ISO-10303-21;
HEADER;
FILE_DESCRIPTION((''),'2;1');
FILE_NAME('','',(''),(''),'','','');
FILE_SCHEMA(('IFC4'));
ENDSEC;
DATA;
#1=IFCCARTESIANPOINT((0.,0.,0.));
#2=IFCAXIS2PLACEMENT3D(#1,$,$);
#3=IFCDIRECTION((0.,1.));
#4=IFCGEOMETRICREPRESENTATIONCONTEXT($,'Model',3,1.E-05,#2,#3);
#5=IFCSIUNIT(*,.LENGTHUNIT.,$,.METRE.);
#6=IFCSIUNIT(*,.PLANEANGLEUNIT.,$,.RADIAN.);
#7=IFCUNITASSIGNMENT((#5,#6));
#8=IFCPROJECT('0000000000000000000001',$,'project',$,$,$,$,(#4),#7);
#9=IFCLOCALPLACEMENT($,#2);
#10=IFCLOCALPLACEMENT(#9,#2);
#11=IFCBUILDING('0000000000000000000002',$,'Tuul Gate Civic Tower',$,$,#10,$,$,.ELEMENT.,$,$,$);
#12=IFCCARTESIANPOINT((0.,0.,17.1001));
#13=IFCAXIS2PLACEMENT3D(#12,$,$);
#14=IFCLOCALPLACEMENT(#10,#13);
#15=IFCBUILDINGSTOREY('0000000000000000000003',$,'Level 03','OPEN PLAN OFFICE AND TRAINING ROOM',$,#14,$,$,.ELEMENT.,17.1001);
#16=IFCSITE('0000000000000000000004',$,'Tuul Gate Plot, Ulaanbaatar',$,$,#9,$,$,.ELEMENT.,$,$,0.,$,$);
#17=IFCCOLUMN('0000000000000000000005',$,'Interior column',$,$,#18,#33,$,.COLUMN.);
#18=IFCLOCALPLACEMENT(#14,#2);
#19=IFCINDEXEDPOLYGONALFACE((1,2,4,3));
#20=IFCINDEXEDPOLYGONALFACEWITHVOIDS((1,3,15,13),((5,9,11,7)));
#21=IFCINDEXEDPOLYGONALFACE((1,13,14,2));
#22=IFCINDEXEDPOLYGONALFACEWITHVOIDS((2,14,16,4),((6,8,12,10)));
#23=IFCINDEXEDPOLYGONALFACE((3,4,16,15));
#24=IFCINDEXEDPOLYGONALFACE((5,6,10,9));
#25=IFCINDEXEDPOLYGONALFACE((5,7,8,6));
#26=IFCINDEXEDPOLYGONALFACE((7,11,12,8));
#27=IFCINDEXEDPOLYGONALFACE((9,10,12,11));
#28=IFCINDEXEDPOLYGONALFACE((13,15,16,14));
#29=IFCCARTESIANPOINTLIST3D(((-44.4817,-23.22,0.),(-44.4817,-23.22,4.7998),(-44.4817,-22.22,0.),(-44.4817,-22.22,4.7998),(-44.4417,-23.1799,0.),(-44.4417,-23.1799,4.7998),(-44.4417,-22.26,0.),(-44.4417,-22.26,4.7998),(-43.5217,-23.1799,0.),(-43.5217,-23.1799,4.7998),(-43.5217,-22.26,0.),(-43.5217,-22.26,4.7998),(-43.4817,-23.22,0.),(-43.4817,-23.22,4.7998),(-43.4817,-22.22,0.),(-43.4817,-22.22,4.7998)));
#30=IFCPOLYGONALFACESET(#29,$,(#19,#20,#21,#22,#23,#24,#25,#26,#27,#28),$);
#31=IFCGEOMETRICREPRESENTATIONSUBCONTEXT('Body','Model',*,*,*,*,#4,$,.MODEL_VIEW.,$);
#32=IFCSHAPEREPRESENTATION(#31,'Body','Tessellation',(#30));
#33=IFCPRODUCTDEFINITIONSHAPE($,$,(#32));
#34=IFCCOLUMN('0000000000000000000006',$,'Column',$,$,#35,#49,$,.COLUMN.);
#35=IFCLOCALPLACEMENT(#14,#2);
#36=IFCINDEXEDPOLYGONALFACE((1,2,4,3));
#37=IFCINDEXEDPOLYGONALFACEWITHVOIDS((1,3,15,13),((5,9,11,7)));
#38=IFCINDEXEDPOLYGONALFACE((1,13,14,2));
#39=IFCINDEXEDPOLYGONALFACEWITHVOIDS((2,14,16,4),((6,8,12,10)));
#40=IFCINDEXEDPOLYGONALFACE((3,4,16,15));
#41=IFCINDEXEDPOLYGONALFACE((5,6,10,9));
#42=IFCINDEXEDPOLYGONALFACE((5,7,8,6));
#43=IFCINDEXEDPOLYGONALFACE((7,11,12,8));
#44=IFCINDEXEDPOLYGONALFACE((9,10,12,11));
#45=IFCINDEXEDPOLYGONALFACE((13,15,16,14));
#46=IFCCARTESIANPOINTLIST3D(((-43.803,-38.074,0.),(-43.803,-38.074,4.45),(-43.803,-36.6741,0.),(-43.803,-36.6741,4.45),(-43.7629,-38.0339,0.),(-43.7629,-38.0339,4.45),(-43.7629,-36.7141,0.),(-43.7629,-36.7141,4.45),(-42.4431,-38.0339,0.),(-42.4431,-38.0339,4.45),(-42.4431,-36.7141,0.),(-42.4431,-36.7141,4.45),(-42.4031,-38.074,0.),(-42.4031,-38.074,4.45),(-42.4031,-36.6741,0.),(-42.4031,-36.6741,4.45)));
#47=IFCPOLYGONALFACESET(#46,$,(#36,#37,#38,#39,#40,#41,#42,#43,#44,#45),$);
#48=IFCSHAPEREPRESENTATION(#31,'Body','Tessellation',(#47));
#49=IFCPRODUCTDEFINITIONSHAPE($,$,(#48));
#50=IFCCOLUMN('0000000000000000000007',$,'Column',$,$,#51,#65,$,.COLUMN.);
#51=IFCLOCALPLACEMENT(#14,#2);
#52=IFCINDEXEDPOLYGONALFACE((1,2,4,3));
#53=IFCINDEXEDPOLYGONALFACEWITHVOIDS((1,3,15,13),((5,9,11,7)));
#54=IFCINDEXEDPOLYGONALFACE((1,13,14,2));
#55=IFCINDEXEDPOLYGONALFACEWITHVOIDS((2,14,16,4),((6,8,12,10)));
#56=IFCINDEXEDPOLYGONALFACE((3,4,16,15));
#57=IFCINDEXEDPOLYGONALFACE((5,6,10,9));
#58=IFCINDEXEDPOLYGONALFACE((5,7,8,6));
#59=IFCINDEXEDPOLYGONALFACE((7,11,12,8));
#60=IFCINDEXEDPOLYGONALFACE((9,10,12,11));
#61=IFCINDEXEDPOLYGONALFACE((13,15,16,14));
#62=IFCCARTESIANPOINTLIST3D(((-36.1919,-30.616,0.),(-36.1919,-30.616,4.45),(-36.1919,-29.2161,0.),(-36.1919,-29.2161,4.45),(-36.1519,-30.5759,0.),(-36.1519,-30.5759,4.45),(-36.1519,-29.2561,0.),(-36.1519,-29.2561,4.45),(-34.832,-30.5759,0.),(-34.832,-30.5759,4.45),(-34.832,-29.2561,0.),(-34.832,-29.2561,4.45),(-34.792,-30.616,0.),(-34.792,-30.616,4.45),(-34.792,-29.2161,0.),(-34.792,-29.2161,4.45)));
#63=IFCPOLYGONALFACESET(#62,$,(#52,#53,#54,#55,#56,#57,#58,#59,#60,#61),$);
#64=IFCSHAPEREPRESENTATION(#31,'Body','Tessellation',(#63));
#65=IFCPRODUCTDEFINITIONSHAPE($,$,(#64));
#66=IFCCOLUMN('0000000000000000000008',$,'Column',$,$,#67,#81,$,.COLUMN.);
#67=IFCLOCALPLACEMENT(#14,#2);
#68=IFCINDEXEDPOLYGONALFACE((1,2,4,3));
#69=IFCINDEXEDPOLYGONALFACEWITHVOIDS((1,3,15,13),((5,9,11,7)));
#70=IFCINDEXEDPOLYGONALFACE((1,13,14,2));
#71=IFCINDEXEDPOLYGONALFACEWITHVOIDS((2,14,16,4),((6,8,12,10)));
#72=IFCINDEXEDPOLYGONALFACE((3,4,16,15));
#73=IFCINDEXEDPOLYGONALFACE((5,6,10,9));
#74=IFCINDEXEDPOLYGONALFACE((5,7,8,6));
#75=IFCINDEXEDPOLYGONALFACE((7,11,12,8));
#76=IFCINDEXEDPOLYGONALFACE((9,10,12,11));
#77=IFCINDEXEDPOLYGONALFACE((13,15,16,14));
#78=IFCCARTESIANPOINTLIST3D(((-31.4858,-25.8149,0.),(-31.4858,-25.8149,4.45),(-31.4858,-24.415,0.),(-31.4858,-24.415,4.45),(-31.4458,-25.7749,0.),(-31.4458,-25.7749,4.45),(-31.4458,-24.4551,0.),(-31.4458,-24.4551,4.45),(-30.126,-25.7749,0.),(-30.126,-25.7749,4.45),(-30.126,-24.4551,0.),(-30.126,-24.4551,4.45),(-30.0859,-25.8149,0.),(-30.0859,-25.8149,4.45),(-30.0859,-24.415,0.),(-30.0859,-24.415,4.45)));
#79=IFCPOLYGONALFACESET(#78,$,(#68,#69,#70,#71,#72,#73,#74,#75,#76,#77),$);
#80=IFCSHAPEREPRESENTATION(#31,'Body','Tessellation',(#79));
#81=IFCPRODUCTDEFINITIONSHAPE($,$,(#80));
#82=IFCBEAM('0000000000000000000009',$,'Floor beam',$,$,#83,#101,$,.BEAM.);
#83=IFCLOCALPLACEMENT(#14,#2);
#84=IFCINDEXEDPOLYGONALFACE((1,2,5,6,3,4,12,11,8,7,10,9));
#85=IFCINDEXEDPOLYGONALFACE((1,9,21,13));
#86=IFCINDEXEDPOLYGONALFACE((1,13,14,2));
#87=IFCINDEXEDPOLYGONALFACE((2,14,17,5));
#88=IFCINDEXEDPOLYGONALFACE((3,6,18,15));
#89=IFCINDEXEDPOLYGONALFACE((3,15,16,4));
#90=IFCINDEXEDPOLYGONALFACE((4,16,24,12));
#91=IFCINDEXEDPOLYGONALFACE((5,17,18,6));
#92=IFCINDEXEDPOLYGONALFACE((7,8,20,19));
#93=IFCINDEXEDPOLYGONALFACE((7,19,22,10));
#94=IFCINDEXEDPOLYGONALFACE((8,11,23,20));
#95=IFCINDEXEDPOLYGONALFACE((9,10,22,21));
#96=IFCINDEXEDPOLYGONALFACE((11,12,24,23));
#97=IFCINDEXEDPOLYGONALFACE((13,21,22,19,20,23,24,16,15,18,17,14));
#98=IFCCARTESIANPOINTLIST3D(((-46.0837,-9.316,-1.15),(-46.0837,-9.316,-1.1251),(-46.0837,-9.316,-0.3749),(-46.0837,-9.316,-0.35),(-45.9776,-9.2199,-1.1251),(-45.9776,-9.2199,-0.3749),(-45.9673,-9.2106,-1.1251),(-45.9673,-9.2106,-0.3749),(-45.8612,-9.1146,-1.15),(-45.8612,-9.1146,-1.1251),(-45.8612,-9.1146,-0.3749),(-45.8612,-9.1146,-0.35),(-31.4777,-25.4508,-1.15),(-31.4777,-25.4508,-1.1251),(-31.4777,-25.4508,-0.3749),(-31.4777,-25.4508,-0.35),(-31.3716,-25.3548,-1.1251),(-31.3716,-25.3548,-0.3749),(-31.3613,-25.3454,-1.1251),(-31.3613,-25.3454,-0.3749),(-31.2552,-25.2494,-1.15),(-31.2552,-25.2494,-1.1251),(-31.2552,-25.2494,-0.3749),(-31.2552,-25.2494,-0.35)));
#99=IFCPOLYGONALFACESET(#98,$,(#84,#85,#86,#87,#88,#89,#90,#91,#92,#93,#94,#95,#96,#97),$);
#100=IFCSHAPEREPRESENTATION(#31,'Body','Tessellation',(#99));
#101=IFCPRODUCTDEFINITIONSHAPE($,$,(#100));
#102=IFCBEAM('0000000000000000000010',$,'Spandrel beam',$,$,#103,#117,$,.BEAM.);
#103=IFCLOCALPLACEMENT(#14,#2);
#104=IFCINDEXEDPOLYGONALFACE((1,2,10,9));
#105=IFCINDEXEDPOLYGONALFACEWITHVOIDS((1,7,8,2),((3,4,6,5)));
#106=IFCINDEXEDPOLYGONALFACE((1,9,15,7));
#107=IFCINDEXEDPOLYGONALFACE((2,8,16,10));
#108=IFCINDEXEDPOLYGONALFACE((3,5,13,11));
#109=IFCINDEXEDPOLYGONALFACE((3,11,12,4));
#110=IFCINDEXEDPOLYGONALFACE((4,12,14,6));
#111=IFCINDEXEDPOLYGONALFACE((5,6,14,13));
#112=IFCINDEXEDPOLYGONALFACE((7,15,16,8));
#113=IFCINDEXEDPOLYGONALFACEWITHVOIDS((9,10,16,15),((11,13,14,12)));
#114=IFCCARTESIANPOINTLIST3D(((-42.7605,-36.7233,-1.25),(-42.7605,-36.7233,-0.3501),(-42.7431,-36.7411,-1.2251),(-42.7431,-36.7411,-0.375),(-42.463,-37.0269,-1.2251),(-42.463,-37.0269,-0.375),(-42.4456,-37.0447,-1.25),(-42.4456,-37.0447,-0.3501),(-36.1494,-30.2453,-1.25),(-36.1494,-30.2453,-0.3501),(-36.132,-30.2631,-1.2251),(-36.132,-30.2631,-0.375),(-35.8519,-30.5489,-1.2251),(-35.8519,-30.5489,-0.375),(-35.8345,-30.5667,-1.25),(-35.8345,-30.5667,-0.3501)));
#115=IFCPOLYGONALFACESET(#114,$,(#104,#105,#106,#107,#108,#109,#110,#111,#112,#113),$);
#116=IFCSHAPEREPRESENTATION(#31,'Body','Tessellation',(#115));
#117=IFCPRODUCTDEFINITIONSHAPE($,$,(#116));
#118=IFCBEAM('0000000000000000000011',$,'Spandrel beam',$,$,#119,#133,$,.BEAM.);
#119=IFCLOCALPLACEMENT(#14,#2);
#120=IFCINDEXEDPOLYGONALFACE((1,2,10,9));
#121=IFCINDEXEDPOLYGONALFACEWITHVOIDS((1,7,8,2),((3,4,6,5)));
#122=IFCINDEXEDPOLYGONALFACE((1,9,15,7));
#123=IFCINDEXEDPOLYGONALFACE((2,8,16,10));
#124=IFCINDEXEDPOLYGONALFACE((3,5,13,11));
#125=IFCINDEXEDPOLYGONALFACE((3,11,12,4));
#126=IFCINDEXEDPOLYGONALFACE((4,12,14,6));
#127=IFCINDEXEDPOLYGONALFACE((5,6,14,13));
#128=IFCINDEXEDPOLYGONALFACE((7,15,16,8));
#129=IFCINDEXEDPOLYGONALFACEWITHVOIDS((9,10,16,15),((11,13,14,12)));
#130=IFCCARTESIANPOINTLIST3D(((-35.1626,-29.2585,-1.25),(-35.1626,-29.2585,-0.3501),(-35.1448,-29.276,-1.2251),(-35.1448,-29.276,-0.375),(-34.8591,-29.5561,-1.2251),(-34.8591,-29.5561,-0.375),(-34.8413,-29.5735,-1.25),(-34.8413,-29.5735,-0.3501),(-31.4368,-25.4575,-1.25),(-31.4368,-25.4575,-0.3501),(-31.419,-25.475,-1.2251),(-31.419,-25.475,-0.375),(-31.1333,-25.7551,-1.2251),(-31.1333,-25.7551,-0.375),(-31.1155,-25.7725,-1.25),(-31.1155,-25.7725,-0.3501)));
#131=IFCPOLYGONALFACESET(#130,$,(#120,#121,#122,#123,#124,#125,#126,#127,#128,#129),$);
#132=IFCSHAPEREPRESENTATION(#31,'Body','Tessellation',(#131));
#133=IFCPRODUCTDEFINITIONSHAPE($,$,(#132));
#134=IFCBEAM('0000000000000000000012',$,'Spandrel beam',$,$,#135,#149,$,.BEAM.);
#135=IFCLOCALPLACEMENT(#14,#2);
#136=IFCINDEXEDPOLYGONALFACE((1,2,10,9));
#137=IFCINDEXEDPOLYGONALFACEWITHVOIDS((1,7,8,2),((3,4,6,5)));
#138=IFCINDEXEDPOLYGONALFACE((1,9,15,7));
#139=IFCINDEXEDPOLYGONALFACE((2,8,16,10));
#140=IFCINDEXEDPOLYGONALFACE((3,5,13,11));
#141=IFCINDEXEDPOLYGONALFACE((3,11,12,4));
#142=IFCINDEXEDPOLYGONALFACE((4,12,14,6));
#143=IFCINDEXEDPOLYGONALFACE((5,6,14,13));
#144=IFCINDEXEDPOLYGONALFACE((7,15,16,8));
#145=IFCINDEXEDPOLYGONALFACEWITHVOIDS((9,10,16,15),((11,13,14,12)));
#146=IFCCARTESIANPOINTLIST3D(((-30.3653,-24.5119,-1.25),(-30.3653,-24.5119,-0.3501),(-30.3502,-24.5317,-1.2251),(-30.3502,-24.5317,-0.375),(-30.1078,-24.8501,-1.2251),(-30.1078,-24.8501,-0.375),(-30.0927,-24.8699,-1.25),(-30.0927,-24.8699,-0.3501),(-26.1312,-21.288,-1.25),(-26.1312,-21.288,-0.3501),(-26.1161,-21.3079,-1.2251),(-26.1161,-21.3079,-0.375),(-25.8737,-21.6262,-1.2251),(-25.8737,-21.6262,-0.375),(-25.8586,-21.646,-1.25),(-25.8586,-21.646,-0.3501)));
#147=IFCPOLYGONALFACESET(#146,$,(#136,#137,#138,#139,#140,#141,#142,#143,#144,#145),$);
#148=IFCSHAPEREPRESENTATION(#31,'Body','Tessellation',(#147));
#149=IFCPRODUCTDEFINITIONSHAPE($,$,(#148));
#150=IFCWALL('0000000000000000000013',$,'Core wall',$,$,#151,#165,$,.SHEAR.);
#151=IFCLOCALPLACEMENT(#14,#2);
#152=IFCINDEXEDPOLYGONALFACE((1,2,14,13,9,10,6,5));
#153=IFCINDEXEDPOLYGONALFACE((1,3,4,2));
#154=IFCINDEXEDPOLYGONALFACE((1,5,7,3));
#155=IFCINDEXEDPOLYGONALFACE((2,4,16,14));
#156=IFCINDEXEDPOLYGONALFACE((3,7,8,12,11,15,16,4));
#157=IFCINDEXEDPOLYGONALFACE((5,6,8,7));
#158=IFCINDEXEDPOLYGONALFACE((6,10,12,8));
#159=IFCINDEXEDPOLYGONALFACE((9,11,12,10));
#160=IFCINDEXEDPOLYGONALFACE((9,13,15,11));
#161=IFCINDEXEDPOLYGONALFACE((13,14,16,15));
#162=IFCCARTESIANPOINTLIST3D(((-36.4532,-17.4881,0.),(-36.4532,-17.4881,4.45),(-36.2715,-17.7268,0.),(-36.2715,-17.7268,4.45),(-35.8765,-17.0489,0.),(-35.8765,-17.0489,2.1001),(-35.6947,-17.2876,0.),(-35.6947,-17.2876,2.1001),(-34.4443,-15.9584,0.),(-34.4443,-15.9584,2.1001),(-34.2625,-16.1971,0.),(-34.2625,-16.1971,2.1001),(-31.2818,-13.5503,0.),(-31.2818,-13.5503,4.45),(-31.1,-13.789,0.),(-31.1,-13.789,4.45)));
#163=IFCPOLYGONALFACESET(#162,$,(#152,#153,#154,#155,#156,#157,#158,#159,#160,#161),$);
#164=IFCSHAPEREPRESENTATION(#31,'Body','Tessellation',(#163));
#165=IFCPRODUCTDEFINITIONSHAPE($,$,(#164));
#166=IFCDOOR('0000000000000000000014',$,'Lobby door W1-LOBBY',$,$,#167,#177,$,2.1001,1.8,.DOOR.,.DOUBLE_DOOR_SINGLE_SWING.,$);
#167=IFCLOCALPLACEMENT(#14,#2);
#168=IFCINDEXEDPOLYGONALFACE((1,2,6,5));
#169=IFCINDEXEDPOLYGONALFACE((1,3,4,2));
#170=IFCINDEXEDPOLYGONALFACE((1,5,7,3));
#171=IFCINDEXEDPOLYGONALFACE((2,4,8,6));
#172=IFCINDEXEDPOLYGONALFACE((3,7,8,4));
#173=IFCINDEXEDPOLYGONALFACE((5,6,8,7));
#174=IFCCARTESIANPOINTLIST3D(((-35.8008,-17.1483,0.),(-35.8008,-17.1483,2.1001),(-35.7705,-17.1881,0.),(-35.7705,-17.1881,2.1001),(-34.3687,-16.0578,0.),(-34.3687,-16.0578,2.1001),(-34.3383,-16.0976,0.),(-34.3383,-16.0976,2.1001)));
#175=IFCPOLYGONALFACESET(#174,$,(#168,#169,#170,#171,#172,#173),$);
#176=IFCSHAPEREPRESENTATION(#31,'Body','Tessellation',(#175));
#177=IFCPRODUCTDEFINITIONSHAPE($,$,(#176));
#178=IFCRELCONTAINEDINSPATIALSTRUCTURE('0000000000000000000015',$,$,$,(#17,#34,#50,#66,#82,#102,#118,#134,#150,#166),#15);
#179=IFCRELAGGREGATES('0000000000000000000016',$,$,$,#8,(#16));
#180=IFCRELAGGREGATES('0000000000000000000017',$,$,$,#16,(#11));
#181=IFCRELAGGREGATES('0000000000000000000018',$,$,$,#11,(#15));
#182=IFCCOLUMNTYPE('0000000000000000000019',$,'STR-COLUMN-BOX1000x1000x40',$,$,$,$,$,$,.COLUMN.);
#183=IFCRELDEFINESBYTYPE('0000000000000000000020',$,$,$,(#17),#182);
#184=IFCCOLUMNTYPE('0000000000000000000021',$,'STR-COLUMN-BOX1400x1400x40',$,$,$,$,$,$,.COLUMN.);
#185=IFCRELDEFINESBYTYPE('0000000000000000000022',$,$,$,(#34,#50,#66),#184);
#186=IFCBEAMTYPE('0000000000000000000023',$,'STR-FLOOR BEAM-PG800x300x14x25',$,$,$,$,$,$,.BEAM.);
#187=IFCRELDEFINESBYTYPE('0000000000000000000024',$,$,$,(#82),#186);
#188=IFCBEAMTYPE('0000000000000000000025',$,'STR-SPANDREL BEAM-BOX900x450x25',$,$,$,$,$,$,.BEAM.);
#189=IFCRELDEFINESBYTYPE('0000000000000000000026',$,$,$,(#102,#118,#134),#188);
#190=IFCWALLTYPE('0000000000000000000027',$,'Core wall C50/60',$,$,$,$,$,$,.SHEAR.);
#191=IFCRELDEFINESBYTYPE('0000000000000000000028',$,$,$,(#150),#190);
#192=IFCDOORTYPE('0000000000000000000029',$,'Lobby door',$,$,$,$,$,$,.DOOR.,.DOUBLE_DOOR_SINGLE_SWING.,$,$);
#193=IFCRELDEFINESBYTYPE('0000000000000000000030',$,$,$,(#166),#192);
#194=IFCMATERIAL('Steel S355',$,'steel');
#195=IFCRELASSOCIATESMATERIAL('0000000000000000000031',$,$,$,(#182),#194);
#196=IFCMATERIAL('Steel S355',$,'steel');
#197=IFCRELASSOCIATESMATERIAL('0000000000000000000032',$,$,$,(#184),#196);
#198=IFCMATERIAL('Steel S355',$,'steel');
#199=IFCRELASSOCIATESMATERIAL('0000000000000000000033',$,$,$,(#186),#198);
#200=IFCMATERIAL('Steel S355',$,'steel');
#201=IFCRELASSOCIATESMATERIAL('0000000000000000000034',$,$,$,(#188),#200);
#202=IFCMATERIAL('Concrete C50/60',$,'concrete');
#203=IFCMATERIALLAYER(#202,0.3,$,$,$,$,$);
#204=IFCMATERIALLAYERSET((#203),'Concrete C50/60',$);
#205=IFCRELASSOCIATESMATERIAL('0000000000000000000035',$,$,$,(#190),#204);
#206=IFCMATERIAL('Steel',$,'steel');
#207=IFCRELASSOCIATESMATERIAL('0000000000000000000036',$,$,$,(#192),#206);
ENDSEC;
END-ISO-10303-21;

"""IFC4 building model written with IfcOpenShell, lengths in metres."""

from ifc_helpers import new_model, si_unit, direction, frame, frame_2d, origin, origin_2d, place, context, subcontext, project, spatial, rectangle, hollow_rectangle, i_section, extrude, material, layer, layer_set, material_profile, profile_set, type_object, element, fill, save


model = new_model("IFC4")

# Units and contexts
model_context = context("Model", 3, precision=1e-05, world=origin(), true_north=direction((0.0, 1.0)))
body_context = subcontext(model_context, "Body", "Model", "MODEL_VIEW")
ifc_project = project(units=[si_unit("LENGTHUNIT", "METRE"), si_unit("PLANEANGLEUNIT", "RADIAN")], contexts=[model_context])

# Site, building, storey
site_placement = place(None, origin())
site = spatial("IfcSite", under=ifc_project, at=site_placement, Name="Tuul Gate Plot, Ulaanbaatar", CompositionType="ELEMENT", RefElevation=0.0)
building_placement = place(site_placement, origin())
building = spatial("IfcBuilding", under=site, at=building_placement, Name="Tuul Gate Civic Tower", CompositionType="ELEMENT")
storey_placement = place(building_placement, frame((0.0, 0.0, 17.1001)))
storey = spatial("IfcBuildingStorey", under=building, at=storey_placement, Name="Level 03", Description="OPEN PLAN OFFICE AND TRAINING ROOM", CompositionType="ELEMENT", Elevation=17.1001)

# Columns
ifc_material_1 = material(Name="Steel S355", Category="steel")
ifc_material_profile_1 = material_profile(ifc_material_1, hollow_rectangle(XDim=1.0, YDim=1.0, WallThickness=0.04, at=origin_2d()), Name="BOX1000x1000x40")
ifc_profile_set_1 = profile_set([ifc_material_profile_1], Name="Steel S355")
column_type_1 = type_object("IfcColumnType", Name="STR-COLUMN-BOX1000x1000x40", PredefinedType="COLUMN", material=ifc_profile_set_1)
column_placement = place(storey_placement, frame((-43.9817, -22.72, 0.0), z_axis=(0.0, 0.0, 1.0), x_axis=(1.0, 0.0, 0.0)))
element("IfcColumn", 1, at=column_placement, inside=storey, type_object=column_type_1, Name="Interior column", PredefinedType="COLUMN", context=body_context, shape_type="SweptSolid", body=[
    extrude(hollow_rectangle(XDim=1.0, YDim=1.0, WallThickness=0.04, at=origin_2d()), origin(), (0.0, 0.0, 1.0), 4.7998),
])
ifc_material_2 = material(Name="Steel S355", Category="steel")
ifc_material_profile_2 = material_profile(ifc_material_2, hollow_rectangle(XDim=1.3999, YDim=1.3999, WallThickness=0.04, at=origin_2d()), Name="BOX1400x1400x40")
ifc_profile_set_2 = profile_set([ifc_material_profile_2], Name="Steel S355")
column_type_2 = type_object("IfcColumnType", Name="STR-COLUMN-BOX1400x1400x40", PredefinedType="COLUMN", material=ifc_profile_set_2)
for number, where, z_axis, x_axis, name in (
    (2, (-43.103, -37.374, 0.0), (0.0, 0.0, 1.0), (1.0, 0.0, 0.0), "Column"),
    (3, (-35.4919, -29.916, 0.0), (0.0, 0.0, 1.0), (1.0, 0.0, 0.0), "Column"),
    (4, (-30.7859, -25.115, 0.0), (0.0, 0.0, 1.0), (1.0, 0.0, 0.0), "Column"),
):
    element("IfcColumn", number, at=place(storey_placement, frame(where, z_axis=z_axis, x_axis=x_axis)), inside=storey, type_object=column_type_2, Name=name, PredefinedType="COLUMN", context=body_context, shape_type="SweptSolid", body=[
        extrude(hollow_rectangle(XDim=1.3999, YDim=1.3999, WallThickness=0.04, at=origin_2d()), origin(), (0.0, 0.0, 1.0), 4.45),
    ])

# Beams
ifc_material_3 = material(Name="Steel S355", Category="steel")
ifc_material_profile_3 = material_profile(ifc_material_3, i_section(OverallWidth=0.3, OverallDepth=0.8, WebThickness=0.0139, FlangeThickness=0.0249, at=origin_2d()), Name="PG800x300x14x25")
ifc_profile_set_3 = profile_set([ifc_material_profile_3], Name="Steel S355")
beam_type_1 = type_object("IfcBeamType", Name="STR-FLOOR BEAM-PG800x300x14x25", PredefinedType="BEAM", material=ifc_profile_set_3)
beam_1_placement = place(storey_placement, frame((-31.3665, -25.3501, -0.75), z_axis=(-0.671111, 0.741357, 0.0), x_axis=(-0.741357, -0.671111, 0.0)))
element("IfcBeam", 5, at=beam_1_placement, inside=storey, type_object=beam_type_1, Name="Floor beam", PredefinedType="BEAM", context=body_context, shape_type="SweptSolid", body=[
    extrude(i_section(OverallWidth=0.3, OverallDepth=0.8, WebThickness=0.0139, FlangeThickness=0.0249, at=origin_2d()), origin(), (0.0, 0.0, 1.0), 21.7639),
])
ifc_material_4 = material(Name="Steel S355", Category="steel")
ifc_material_profile_4 = material_profile(ifc_material_4, hollow_rectangle(XDim=0.45, YDim=0.8999, WallThickness=0.0249, at=origin_2d()), Name="BOX900x450x25")
ifc_profile_set_4 = profile_set([ifc_material_profile_4], Name="Steel S355")
beam_type_2 = type_object("IfcBeamType", Name="STR-SPANDREL BEAM-BOX900x450x25", PredefinedType="BEAM", material=ifc_profile_set_4)
beam_2_placement = place(storey_placement, frame((-42.603, -36.884, -0.8), z_axis=(0.714258, 0.699883, 0.0), x_axis=(-0.699883, 0.714258, 0.0)))
element("IfcBeam", 6, at=beam_2_placement, inside=storey, type_object=beam_type_2, Name="Spandrel beam", PredefinedType="BEAM", context=body_context, shape_type="SweptSolid", body=[
    extrude(hollow_rectangle(XDim=0.45, YDim=0.8999, WallThickness=0.0249, at=origin_2d()), origin(), (0.0, 0.0, 1.0), 9.2559),
])
beam_3_placement = place(storey_placement, frame((-35.002, -29.416, -0.8), z_axis=(0.700008, 0.714135, 0.0), x_axis=(-0.714135, 0.700008, 0.0)))
element("IfcBeam", 7, at=beam_3_placement, inside=storey, type_object=beam_type_2, Name="Spandrel beam", PredefinedType="BEAM", context=body_context, shape_type="SweptSolid", body=[
    extrude(hollow_rectangle(XDim=0.45, YDim=0.8999, WallThickness=0.0249, at=origin_2d()), origin(), (0.0, 0.0, 1.0), 5.3225),
])
beam_4_placement = place(storey_placement, frame((-30.229, -24.6909, -0.8), z_axis=(0.795624, 0.60579, 0.0), x_axis=(-0.60579, 0.795624, 0.0)))
element("IfcBeam", 8, at=beam_4_placement, inside=storey, type_object=beam_type_2, Name="Spandrel beam", PredefinedType="BEAM", context=body_context, shape_type="SweptSolid", body=[
    extrude(hollow_rectangle(XDim=0.45, YDim=0.8999, WallThickness=0.0249, at=origin_2d()), origin(), (0.0, 0.0, 1.0), 5.3218),
])

# Wall, opening, door
ifc_material_5 = material(Name="Concrete C50/60", Category="concrete")
ifc_layer_1 = layer(ifc_material_5, 0.3)
ifc_layer_set_1 = layer_set([ifc_layer_1], Name="Concrete C50/60")
wall_type_1 = type_object("IfcWallType", Name="Core wall C50/60", PredefinedType="SHEAR", material=ifc_layer_set_1)
wall_1_placement = place(storey_placement, frame((-31.1909, -13.6697, 0.0), z_axis=(0.0, 0.0, 1.0), x_axis=(-0.795607, -0.605813, 0.0)))
wall_1 = element("IfcWall", 9, at=wall_1_placement, inside=storey, type_object=wall_type_1, Name="Core wall", PredefinedType="SHEAR", context=body_context, shape_type="SweptSolid", body=[
    extrude(rectangle(XDim=6.5, YDim=0.3, at=frame_2d((3.25, 0.0))), origin(), (0.0, 0.0, 1.0), 4.45),
])
opening_1_placement = place(wall_1_placement, frame((3.9751, 0.0, 0.0)))
opening_1 = element("IfcOpeningElement", 10, at=opening_1_placement, cuts=wall_1, PredefinedType="OPENING", context=body_context, shape_type="SweptSolid", body=[
    extrude(rectangle(XDim=1.8, YDim=2.1001, at=frame_2d((0.8999, 1.05))), frame((0.0, 0.1602, 0.0), z_axis=(0.0, -1.0, 0.0), x_axis=(1.0, 0.0, 0.0)), (0.0, 0.0, 1.0), 0.3201),
])
ifc_material_6 = material(Name="Steel", Category="steel")
door_type_1 = type_object("IfcDoorType", Name="Lobby door", OperationType="DOUBLE_DOOR_SINGLE_SWING", PredefinedType="DOOR", material=ifc_material_6)
door_1_placement = place(opening_1_placement, origin())
door_1 = element("IfcDoor", 11, at=door_1_placement, inside=storey, type_object=door_type_1, Name="Lobby door W1-LOBBY", OperationType="DOUBLE_DOOR_SINGLE_SWING", OverallHeight=2.1001, OverallWidth=1.8, PredefinedType="DOOR", context=body_context, shape_type="SweptSolid", body=[
    extrude(rectangle(XDim=1.8, YDim=2.1001, at=frame_2d((0.8999, 1.05))), frame((0.0, 0.0249, 0.0), z_axis=(0.0, -1.0, 0.0), x_axis=(1.0, 0.0, 0.0)), (0.0, 0.0, 1.0), 0.05),
])
fill(opening_1, door_1)

save(model, "model.ifc")
